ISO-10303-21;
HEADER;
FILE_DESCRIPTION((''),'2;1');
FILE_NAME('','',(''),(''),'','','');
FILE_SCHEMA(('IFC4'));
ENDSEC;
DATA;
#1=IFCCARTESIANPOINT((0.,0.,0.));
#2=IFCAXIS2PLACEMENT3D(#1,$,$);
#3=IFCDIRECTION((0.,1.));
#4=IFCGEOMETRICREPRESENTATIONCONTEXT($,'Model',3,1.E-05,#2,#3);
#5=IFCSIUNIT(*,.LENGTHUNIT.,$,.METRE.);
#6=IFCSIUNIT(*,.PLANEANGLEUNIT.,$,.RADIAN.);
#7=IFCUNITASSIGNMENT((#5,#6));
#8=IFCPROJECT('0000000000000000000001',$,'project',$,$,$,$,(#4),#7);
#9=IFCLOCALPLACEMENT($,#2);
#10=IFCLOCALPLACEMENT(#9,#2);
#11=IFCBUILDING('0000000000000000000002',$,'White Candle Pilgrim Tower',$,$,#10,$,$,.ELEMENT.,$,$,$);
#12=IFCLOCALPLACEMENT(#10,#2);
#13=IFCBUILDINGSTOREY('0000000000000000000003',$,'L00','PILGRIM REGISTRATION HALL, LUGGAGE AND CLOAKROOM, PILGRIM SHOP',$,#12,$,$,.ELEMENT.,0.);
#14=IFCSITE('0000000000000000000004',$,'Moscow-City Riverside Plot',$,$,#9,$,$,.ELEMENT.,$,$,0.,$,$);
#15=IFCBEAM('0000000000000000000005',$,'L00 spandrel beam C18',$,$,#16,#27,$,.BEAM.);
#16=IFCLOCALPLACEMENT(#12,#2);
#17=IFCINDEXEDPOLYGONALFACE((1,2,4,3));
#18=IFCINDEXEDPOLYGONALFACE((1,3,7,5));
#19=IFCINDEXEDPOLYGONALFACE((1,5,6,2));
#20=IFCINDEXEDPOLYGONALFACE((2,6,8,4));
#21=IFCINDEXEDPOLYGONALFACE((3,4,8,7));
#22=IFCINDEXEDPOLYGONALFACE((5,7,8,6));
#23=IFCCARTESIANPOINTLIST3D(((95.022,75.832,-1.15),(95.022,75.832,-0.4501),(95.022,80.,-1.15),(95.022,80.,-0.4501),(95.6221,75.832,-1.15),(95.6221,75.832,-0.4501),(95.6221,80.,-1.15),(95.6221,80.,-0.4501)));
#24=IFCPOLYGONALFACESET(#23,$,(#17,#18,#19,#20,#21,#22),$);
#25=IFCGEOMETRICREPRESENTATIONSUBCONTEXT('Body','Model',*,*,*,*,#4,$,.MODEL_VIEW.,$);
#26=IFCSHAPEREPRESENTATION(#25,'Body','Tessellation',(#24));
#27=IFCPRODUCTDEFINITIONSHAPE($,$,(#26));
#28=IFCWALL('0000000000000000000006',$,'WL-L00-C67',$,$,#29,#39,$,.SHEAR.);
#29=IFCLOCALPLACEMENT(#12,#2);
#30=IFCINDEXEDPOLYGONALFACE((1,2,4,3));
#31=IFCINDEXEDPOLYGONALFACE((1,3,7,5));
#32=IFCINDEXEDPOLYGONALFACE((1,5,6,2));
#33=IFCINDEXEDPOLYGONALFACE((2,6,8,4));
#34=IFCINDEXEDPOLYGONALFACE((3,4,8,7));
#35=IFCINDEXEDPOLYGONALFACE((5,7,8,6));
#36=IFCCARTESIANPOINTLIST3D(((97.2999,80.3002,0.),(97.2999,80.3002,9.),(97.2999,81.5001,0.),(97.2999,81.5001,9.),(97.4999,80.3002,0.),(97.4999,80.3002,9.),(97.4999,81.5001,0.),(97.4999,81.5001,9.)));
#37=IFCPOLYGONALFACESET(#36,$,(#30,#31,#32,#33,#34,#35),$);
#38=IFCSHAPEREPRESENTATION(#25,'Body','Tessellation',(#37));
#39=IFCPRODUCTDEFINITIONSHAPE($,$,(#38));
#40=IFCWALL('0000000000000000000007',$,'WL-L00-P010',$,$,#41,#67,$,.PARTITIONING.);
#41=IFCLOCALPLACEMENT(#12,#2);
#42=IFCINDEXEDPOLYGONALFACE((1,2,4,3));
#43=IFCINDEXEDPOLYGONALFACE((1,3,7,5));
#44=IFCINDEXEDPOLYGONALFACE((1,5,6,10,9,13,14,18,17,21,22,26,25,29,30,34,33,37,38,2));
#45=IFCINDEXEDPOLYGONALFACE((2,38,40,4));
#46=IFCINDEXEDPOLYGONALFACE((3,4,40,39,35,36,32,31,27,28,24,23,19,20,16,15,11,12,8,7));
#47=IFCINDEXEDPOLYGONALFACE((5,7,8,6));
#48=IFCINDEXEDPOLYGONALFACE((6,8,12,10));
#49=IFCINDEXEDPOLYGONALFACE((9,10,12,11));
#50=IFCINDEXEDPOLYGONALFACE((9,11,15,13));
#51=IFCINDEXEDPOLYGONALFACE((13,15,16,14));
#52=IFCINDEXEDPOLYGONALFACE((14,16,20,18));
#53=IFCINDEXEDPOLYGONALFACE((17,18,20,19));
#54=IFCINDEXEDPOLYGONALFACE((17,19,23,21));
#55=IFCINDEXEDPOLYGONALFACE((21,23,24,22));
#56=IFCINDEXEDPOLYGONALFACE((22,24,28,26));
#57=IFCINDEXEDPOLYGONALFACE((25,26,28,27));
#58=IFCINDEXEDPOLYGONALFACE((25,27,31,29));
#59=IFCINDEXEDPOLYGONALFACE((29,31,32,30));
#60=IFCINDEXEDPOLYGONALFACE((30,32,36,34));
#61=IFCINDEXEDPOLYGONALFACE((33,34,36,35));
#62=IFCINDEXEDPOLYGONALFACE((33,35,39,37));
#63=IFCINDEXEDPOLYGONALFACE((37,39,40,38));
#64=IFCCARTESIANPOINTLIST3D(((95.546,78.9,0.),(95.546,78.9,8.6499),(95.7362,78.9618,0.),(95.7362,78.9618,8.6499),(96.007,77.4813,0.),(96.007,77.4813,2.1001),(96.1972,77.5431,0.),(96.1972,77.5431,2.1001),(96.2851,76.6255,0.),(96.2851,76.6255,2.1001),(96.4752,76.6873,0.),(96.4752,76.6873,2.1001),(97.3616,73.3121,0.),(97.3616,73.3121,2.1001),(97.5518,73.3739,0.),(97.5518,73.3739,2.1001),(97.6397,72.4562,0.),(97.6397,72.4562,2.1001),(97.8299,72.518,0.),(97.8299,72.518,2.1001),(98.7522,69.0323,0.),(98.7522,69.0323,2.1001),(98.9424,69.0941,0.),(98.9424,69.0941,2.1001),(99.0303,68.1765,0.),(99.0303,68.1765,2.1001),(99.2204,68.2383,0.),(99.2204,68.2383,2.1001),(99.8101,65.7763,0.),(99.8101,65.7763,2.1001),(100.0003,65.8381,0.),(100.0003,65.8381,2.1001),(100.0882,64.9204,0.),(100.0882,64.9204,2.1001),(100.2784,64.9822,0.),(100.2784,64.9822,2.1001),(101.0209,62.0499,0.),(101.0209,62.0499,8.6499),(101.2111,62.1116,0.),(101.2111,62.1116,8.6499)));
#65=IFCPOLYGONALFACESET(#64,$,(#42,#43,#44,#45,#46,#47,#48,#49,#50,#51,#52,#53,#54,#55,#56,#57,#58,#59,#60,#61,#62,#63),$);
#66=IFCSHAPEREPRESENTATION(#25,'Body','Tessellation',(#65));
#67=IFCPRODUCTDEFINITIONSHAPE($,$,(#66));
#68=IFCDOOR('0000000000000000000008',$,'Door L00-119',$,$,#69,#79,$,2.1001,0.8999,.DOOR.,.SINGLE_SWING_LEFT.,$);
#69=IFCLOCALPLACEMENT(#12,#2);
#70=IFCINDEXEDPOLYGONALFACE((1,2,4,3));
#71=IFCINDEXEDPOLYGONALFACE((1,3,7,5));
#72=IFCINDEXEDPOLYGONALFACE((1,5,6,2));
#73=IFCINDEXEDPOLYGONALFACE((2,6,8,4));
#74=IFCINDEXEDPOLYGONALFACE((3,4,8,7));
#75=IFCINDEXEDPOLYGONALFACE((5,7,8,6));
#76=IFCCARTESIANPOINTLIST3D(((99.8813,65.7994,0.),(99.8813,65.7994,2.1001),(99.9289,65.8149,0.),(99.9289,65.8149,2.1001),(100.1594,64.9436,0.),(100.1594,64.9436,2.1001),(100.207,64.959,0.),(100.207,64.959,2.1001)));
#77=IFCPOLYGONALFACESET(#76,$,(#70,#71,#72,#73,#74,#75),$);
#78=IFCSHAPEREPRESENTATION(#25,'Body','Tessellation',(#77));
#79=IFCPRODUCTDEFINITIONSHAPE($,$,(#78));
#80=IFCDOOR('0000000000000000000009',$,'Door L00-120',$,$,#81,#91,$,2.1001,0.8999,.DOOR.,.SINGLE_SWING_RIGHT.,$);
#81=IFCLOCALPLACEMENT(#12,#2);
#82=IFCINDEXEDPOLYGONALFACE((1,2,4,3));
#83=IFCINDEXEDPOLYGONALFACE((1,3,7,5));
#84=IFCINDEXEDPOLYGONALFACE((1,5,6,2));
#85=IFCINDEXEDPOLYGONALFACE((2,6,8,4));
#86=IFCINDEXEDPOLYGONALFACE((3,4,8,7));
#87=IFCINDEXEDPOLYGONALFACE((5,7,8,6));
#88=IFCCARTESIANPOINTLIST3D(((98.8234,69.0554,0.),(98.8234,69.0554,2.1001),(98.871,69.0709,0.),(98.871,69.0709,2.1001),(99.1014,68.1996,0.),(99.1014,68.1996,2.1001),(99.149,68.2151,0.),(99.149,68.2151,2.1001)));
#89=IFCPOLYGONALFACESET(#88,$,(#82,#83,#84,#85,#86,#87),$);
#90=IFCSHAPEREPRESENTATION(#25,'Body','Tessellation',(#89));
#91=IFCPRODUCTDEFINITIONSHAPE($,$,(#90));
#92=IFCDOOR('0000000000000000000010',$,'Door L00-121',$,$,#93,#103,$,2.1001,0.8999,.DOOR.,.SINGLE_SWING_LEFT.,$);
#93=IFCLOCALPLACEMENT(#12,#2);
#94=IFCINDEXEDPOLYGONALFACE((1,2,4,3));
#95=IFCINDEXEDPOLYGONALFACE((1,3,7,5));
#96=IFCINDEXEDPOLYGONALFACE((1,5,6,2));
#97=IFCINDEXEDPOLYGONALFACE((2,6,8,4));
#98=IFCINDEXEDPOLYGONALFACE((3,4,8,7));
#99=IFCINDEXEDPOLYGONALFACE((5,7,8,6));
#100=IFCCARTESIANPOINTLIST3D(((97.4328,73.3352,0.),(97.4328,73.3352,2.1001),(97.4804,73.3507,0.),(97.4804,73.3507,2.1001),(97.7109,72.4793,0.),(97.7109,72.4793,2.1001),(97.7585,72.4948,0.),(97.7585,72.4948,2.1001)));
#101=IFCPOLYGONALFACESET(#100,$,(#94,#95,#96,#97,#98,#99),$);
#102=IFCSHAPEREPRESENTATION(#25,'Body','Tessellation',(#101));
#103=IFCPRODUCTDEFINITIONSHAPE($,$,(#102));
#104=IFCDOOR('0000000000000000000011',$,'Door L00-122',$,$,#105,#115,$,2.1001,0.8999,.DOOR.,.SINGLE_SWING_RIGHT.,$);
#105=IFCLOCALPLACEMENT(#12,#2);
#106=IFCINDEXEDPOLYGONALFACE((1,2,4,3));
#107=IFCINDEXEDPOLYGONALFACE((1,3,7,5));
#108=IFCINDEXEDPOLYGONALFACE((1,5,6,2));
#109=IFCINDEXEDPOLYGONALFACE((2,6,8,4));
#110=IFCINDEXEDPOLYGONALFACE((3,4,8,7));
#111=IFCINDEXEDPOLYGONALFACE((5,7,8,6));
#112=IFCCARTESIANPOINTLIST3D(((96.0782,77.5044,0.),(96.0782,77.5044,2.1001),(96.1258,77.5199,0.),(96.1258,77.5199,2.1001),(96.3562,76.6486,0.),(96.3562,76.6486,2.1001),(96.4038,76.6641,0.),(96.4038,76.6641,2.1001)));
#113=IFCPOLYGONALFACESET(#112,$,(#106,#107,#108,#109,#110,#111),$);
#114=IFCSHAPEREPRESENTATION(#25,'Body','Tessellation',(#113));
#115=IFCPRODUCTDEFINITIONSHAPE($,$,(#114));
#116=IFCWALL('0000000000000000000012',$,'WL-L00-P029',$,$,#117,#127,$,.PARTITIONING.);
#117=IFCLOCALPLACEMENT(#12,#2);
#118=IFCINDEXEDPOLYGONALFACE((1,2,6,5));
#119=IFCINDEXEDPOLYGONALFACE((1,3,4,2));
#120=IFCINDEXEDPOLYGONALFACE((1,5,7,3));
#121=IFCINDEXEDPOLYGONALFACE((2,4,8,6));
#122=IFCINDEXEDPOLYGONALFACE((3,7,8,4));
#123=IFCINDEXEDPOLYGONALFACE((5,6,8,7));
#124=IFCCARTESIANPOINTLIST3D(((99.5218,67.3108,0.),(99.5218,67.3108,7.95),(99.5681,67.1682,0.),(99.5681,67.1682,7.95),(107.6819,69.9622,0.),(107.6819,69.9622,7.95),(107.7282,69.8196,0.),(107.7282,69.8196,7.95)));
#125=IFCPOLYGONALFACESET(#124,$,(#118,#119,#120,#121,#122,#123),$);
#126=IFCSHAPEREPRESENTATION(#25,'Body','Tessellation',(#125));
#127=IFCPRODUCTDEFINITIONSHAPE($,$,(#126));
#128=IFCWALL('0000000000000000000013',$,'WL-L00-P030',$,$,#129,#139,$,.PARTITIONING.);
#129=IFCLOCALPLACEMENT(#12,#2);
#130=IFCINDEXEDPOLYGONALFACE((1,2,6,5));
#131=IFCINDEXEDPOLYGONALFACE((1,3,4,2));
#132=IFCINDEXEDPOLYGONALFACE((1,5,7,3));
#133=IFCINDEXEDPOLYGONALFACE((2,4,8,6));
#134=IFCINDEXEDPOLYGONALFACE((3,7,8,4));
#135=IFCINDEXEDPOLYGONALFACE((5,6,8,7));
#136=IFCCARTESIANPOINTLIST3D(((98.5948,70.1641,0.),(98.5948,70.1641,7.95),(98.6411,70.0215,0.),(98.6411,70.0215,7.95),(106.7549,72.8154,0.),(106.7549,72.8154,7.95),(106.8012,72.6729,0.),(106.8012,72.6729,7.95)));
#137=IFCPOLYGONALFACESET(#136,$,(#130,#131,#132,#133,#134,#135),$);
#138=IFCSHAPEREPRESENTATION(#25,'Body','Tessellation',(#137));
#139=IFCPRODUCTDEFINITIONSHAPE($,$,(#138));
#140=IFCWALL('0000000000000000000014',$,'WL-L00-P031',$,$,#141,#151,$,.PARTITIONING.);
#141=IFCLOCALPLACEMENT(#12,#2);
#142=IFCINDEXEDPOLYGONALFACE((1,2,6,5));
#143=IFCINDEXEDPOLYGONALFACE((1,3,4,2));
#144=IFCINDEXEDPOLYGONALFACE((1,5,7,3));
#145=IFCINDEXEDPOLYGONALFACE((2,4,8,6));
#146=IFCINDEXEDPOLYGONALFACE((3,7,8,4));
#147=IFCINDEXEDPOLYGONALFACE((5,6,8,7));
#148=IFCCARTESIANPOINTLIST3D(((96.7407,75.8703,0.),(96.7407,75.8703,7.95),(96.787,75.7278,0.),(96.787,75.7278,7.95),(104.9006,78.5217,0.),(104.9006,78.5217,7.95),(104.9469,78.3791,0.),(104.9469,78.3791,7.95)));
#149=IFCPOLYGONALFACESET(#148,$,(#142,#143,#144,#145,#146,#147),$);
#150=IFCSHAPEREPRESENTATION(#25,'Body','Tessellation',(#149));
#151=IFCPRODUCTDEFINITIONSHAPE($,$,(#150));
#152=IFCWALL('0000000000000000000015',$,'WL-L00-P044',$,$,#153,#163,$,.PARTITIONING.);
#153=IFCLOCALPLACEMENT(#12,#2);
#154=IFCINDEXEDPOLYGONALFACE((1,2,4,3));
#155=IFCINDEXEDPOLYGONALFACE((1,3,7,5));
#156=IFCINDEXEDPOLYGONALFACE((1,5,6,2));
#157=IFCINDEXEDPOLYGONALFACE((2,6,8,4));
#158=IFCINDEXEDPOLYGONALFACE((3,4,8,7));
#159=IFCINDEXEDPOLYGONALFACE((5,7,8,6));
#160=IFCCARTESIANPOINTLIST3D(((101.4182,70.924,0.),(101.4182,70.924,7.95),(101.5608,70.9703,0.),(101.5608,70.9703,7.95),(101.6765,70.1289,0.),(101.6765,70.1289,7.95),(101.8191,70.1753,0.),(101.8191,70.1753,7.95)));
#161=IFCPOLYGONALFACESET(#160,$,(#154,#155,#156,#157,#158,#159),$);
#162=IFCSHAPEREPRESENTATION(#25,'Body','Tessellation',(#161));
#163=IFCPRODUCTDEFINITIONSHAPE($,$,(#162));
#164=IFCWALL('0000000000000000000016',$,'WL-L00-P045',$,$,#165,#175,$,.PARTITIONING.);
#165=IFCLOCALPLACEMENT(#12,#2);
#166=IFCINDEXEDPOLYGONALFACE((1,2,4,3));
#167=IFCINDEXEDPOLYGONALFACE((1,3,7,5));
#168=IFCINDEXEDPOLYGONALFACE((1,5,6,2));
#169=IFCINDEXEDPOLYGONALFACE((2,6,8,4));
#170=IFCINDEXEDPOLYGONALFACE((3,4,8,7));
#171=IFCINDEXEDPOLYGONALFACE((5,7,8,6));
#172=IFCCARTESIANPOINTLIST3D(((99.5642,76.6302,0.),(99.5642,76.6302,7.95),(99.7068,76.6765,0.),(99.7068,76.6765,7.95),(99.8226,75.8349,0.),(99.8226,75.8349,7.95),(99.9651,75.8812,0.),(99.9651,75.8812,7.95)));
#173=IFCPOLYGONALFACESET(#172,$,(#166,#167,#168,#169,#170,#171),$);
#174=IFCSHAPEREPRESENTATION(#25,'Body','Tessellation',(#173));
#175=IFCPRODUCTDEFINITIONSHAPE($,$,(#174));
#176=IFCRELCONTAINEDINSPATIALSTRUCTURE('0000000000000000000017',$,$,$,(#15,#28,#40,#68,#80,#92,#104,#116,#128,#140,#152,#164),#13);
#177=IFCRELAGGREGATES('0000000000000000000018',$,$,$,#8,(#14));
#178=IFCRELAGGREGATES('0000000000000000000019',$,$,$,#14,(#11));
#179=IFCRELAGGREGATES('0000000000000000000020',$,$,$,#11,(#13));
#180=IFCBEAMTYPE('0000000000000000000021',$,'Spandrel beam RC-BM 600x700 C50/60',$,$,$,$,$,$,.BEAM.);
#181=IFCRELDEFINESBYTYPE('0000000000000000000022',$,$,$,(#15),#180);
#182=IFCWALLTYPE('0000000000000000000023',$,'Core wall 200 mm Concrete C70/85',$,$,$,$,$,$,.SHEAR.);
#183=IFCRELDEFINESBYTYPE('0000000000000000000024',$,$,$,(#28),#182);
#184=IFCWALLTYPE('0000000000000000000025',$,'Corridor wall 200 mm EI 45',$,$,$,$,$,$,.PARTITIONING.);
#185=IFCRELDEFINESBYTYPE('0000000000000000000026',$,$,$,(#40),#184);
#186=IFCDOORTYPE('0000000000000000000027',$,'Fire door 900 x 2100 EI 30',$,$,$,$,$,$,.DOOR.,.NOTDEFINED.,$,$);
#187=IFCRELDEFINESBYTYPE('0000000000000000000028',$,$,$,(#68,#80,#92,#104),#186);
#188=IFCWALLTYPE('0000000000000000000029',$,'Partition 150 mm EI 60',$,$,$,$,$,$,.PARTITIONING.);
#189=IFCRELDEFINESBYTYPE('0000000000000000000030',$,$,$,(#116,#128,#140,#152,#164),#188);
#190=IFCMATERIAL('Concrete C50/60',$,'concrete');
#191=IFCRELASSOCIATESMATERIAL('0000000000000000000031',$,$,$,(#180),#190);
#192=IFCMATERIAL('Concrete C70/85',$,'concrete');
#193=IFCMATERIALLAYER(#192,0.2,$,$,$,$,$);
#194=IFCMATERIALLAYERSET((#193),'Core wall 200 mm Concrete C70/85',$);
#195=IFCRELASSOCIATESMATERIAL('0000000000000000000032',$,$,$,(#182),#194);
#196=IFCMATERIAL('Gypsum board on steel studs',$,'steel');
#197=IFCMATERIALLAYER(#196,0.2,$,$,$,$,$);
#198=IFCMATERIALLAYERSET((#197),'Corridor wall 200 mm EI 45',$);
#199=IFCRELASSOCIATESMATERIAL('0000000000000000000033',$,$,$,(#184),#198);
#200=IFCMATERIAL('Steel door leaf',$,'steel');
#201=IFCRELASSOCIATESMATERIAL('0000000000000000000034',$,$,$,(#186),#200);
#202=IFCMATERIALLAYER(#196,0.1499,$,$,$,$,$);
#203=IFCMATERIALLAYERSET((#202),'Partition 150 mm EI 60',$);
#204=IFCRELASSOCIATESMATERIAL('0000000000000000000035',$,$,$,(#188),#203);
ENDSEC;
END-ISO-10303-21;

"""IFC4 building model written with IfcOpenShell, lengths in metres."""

from ifc_helpers import new_model, si_unit, direction, frame, frame_2d, origin, origin_2d, place, context, subcontext, project, spatial, rectangle, extrude, material, layer, layer_set, material_profile, profile_set, type_object, element, fill, save


model = new_model("IFC4")

# Units and contexts
model_context = context("Model", 3, precision=1e-05, world=origin(), true_north=direction((0.0, 1.0)))
body_context = subcontext(model_context, "Body", "Model", "MODEL_VIEW")
ifc_project = project(units=[si_unit("LENGTHUNIT", "METRE"), si_unit("PLANEANGLEUNIT", "RADIAN")], contexts=[model_context])

# Site, building, storey
site_placement = place(None, origin())
site = spatial("IfcSite", under=ifc_project, at=site_placement, Name="Moscow-City Riverside Plot", CompositionType="ELEMENT", RefElevation=0.0)
building_placement = place(site_placement, origin())
building = spatial("IfcBuilding", under=site, at=building_placement, Name="White Candle Pilgrim Tower", CompositionType="ELEMENT")
storey_placement = place(building_placement, origin())
storey = spatial("IfcBuildingStorey", under=building, at=storey_placement, Name="L00", Description="PILGRIM REGISTRATION HALL, LUGGAGE AND CLOAKROOM, PILGRIM SHOP", CompositionType="ELEMENT", Elevation=0.0)

# Beam
ifc_material_1 = material(Name="Concrete C50/60", Category="concrete")
ifc_material_profile_1 = material_profile(ifc_material_1, rectangle(XDim=0.6001, YDim=0.7, at=origin_2d()), Name="RC-BM 600x700")
ifc_profile_set_1 = profile_set([ifc_material_profile_1], Name="Concrete C50/60")
beam_type = type_object("IfcBeamType", Name="Spandrel beam RC-BM 600x700 C50/60", PredefinedType="BEAM", material=ifc_profile_set_1)
beam_1_placement = place(storey_placement, frame((95.322, 75.832, -0.8), z_axis=(0.0, 1.0, 0.0), x_axis=(-1.0, 0.0, 0.0)))
element("IfcBeam", 1, at=beam_1_placement, inside=storey, type_object=beam_type, Name="L00 spandrel beam C18", PredefinedType="BEAM", context=body_context, shape_type="SweptSolid", body=[
    extrude(rectangle(XDim=0.6001, YDim=0.7, at=origin_2d()), origin(), (0.0, 0.0, 1.0), 4.168),
])

# Wall
ifc_material_2 = material(Name="Concrete C70/85", Category="concrete")
ifc_layer_1 = layer(ifc_material_2, 0.2)
ifc_layer_set_1 = layer_set([ifc_layer_1], Name="Core wall 200 mm Concrete C70/85")
wall_type_1 = type_object("IfcWallType", Name="Core wall 200 mm Concrete C70/85", PredefinedType="SHEAR", material=ifc_layer_set_1)
wall_1_placement = place(storey_placement, frame((97.3999, 80.3, 0.0), z_axis=(0.0, 0.0, 1.0), x_axis=(0.0, 1.0, 0.0)))
element("IfcWall", 2, at=wall_1_placement, inside=storey, type_object=wall_type_1, Name="WL-L00-C67", PredefinedType="SHEAR", context=body_context, shape_type="SweptSolid", body=[
    extrude(rectangle(XDim=1.2, YDim=0.2, at=frame_2d((0.6001, 0.0))), origin(), (0.0, 0.0, 1.0), 9.0),
])

# Wall, openings, doors
ifc_material_3 = material(Name="Gypsum board on steel studs", Category="steel")
ifc_layer_2 = layer(ifc_material_3, 0.2)
ifc_layer_set_2 = layer_set([ifc_layer_2], Name="Corridor wall 200 mm EI 45")
wall_type_2 = type_object("IfcWallType", Name="Corridor wall 200 mm EI 45", PredefinedType="PARTITIONING", material=ifc_layer_set_2)
wall_2_placement = place(storey_placement, frame((95.6411, 78.9309, 0.0), z_axis=(0.0, 0.0, 1.0), x_axis=(0.309013, -0.951058, 0.0)))
wall_2 = element("IfcWall", 3, at=wall_2_placement, inside=storey, type_object=wall_type_2, Name="WL-L00-P010", PredefinedType="PARTITIONING", context=body_context, shape_type="SweptSolid", body=[
    extrude(rectangle(XDim=17.7173, YDim=0.2, at=frame_2d((8.8586, 0.0))), origin(), (0.0, 0.0, 1.0), 8.6499),
])
opening_1_placement = place(wall_2_placement, frame((13.7991, 0.0, 0.0)))
opening_1 = element("IfcOpeningElement", 4, at=opening_1_placement, cuts=wall_2, PredefinedType="OPENING", context=body_context, shape_type="SweptSolid", body=[
    extrude(rectangle(XDim=0.8999, YDim=2.1001, at=frame_2d((0.45, 1.05))), frame((0.0, 0.1099, 0.0), z_axis=(0.0, -1.0, 0.0), x_axis=(1.0, 0.0, 0.0)), (0.0, 0.0, 1.0), 0.22),
])
opening_2_placement = place(wall_2_placement, frame((10.3755, 0.0, 0.0)))
opening_2 = element("IfcOpeningElement", 5, at=opening_2_placement, cuts=wall_2, PredefinedType="OPENING", context=body_context, shape_type="SweptSolid", body=[
    extrude(rectangle(XDim=0.8999, YDim=2.1001, at=frame_2d((0.45, 1.05))), frame((0.0, 0.1099, 0.0), z_axis=(0.0, -1.0, 0.0), x_axis=(1.0, 0.0, 0.0)), (0.0, 0.0, 1.0), 0.22),
])
opening_3_placement = place(wall_2_placement, frame((5.8755, 0.0, 0.0)))
opening_3 = element("IfcOpeningElement", 6, at=opening_3_placement, cuts=wall_2, PredefinedType="OPENING", context=body_context, shape_type="SweptSolid", body=[
    extrude(rectangle(XDim=0.8999, YDim=2.1001, at=frame_2d((0.45, 1.05))), frame((0.0, 0.1099, 0.0), z_axis=(0.0, -1.0, 0.0), x_axis=(1.0, 0.0, 0.0)), (0.0, 0.0, 1.0), 0.22),
])
opening_4_placement = place(wall_2_placement, frame((1.4917, 0.0, 0.0)))
opening_4 = element("IfcOpeningElement", 7, at=opening_4_placement, cuts=wall_2, PredefinedType="OPENING", context=body_context, shape_type="SweptSolid", body=[
    extrude(rectangle(XDim=0.8999, YDim=2.1001, at=frame_2d((0.45, 1.05))), frame((0.0, 0.1099, 0.0), z_axis=(0.0, -1.0, 0.0), x_axis=(1.0, 0.0, 0.0)), (0.0, 0.0, 1.0), 0.22),
])
ifc_material_4 = material(Name="Steel door leaf", Category="steel")
door_type_1 = type_object("IfcDoorType", Name="Fire door 900 x 2100 EI 30", OperationType="NOTDEFINED", PredefinedType="DOOR", material=ifc_material_4)
door_1_placement = place(opening_1_placement, origin())
door_1 = element("IfcDoor", 8, at=door_1_placement, inside=storey, type_object=door_type_1, Name="Door L00-119", OperationType="SINGLE_SWING_LEFT", OverallHeight=2.1001, OverallWidth=0.8999, PredefinedType="DOOR", context=body_context, shape_type="SweptSolid", body=[
    extrude(rectangle(XDim=0.8999, YDim=2.1001, at=frame_2d((0.45, 1.05))), frame((0.0, 0.0249, 0.0), z_axis=(0.0, -1.0, 0.0), x_axis=(1.0, 0.0, 0.0)), (0.0, 0.0, 1.0), 0.05),
])
fill(opening_1, door_1)
door_2_placement = place(opening_2_placement, origin())
door_2 = element("IfcDoor", 9, at=door_2_placement, inside=storey, type_object=door_type_1, Name="Door L00-120", OperationType="SINGLE_SWING_RIGHT", OverallHeight=2.1001, OverallWidth=0.8999, PredefinedType="DOOR", context=body_context, shape_type="SweptSolid", body=[
    extrude(rectangle(XDim=0.8999, YDim=2.1001, at=frame_2d((0.45, 1.05))), frame((0.0, 0.0249, 0.0), z_axis=(0.0, -1.0, 0.0), x_axis=(1.0, 0.0, 0.0)), (0.0, 0.0, 1.0), 0.05),
])
fill(opening_2, door_2)
door_3_placement = place(opening_3_placement, origin())
door_3 = element("IfcDoor", 10, at=door_3_placement, inside=storey, type_object=door_type_1, Name="Door L00-121", OperationType="SINGLE_SWING_LEFT", OverallHeight=2.1001, OverallWidth=0.8999, PredefinedType="DOOR", context=body_context, shape_type="SweptSolid", body=[
    extrude(rectangle(XDim=0.8999, YDim=2.1001, at=frame_2d((0.45, 1.05))), frame((0.0, 0.0249, 0.0), z_axis=(0.0, -1.0, 0.0), x_axis=(1.0, 0.0, 0.0)), (0.0, 0.0, 1.0), 0.05),
])
fill(opening_3, door_3)
door_4_placement = place(opening_4_placement, origin())
door_4 = element("IfcDoor", 11, at=door_4_placement, inside=storey, type_object=door_type_1, Name="Door L00-122", OperationType="SINGLE_SWING_RIGHT", OverallHeight=2.1001, OverallWidth=0.8999, PredefinedType="DOOR", context=body_context, shape_type="SweptSolid", body=[
    extrude(rectangle(XDim=0.8999, YDim=2.1001, at=frame_2d((0.45, 1.05))), frame((0.0, 0.0249, 0.0), z_axis=(0.0, -1.0, 0.0), x_axis=(1.0, 0.0, 0.0)), (0.0, 0.0, 1.0), 0.05),
])
fill(opening_4, door_4)

# Walls
ifc_layer_3 = layer(ifc_material_3, 0.1499)
ifc_layer_set_3 = layer_set([ifc_layer_3], Name="Partition 150 mm EI 60")
wall_type_3 = type_object("IfcWallType", Name="Partition 150 mm EI 60", PredefinedType="PARTITIONING", material=ifc_layer_set_3)
for number, where, z_axis, x_axis, name in (
    (12, (107.7051, 69.8909, 0.0), (0.0, 0.0, 1.0), (-0.951057, -0.309014, 0.0), "WL-L00-P029"),
    (13, (106.7781, 72.7441, 0.0), (0.0, 0.0, 1.0), (-0.951057, -0.309014, 0.0), "WL-L00-P030"),
):
    element("IfcWall", number, at=place(storey_placement, frame(where, z_axis=z_axis, x_axis=x_axis)), inside=storey, type_object=wall_type_3, Name=name, PredefinedType="PARTITIONING", context=body_context, shape_type="SweptSolid", body=[
        extrude(rectangle(XDim=8.5801, YDim=0.1499, at=frame_2d((4.29, 0.0))), origin(), (0.0, 0.0, 1.0), 7.95),
    ])
wall_3_placement = place(storey_placement, frame((104.9238, 78.4504, 0.0), z_axis=(0.0, 0.0, 1.0), x_axis=(-0.951055, -0.309022, 0.0)))
element("IfcWall", 14, at=wall_3_placement, inside=storey, type_object=wall_type_3, Name="WL-L00-P031", PredefinedType="PARTITIONING", context=body_context, shape_type="SweptSolid", body=[
    extrude(rectangle(XDim=8.5798, YDim=0.1499, at=frame_2d((4.29, 0.0))), origin(), (0.0, 0.0, 1.0), 7.95),
])
wall_4_placement = place(storey_placement, frame((101.7478, 70.1521, 0.0), z_axis=(0.0, 0.0, 1.0), x_axis=(-0.309033, 0.951051, 0.0)))
element("IfcWall", 15, at=wall_4_placement, inside=storey, type_object=wall_type_3, Name="WL-L00-P044", PredefinedType="PARTITIONING", context=body_context, shape_type="SweptSolid", body=[
    extrude(rectangle(XDim=0.8359, YDim=0.1499, at=frame_2d((0.418, 0.0))), origin(), (0.0, 0.0, 1.0), 7.95),
])
wall_5_placement = place(storey_placement, frame((99.8938, 75.8582, 0.0), z_axis=(0.0, 0.0, 1.0), x_axis=(-0.308947, 0.951079, 0.0)))
element("IfcWall", 16, at=wall_5_placement, inside=storey, type_object=wall_type_3, Name="WL-L00-P045", PredefinedType="PARTITIONING", context=body_context, shape_type="SweptSolid", body=[
    extrude(rectangle(XDim=0.8362, YDim=0.1499, at=frame_2d((0.418, 0.0))), origin(), (0.0, 0.0, 1.0), 7.95),
])

save(model, "model.ifc")
